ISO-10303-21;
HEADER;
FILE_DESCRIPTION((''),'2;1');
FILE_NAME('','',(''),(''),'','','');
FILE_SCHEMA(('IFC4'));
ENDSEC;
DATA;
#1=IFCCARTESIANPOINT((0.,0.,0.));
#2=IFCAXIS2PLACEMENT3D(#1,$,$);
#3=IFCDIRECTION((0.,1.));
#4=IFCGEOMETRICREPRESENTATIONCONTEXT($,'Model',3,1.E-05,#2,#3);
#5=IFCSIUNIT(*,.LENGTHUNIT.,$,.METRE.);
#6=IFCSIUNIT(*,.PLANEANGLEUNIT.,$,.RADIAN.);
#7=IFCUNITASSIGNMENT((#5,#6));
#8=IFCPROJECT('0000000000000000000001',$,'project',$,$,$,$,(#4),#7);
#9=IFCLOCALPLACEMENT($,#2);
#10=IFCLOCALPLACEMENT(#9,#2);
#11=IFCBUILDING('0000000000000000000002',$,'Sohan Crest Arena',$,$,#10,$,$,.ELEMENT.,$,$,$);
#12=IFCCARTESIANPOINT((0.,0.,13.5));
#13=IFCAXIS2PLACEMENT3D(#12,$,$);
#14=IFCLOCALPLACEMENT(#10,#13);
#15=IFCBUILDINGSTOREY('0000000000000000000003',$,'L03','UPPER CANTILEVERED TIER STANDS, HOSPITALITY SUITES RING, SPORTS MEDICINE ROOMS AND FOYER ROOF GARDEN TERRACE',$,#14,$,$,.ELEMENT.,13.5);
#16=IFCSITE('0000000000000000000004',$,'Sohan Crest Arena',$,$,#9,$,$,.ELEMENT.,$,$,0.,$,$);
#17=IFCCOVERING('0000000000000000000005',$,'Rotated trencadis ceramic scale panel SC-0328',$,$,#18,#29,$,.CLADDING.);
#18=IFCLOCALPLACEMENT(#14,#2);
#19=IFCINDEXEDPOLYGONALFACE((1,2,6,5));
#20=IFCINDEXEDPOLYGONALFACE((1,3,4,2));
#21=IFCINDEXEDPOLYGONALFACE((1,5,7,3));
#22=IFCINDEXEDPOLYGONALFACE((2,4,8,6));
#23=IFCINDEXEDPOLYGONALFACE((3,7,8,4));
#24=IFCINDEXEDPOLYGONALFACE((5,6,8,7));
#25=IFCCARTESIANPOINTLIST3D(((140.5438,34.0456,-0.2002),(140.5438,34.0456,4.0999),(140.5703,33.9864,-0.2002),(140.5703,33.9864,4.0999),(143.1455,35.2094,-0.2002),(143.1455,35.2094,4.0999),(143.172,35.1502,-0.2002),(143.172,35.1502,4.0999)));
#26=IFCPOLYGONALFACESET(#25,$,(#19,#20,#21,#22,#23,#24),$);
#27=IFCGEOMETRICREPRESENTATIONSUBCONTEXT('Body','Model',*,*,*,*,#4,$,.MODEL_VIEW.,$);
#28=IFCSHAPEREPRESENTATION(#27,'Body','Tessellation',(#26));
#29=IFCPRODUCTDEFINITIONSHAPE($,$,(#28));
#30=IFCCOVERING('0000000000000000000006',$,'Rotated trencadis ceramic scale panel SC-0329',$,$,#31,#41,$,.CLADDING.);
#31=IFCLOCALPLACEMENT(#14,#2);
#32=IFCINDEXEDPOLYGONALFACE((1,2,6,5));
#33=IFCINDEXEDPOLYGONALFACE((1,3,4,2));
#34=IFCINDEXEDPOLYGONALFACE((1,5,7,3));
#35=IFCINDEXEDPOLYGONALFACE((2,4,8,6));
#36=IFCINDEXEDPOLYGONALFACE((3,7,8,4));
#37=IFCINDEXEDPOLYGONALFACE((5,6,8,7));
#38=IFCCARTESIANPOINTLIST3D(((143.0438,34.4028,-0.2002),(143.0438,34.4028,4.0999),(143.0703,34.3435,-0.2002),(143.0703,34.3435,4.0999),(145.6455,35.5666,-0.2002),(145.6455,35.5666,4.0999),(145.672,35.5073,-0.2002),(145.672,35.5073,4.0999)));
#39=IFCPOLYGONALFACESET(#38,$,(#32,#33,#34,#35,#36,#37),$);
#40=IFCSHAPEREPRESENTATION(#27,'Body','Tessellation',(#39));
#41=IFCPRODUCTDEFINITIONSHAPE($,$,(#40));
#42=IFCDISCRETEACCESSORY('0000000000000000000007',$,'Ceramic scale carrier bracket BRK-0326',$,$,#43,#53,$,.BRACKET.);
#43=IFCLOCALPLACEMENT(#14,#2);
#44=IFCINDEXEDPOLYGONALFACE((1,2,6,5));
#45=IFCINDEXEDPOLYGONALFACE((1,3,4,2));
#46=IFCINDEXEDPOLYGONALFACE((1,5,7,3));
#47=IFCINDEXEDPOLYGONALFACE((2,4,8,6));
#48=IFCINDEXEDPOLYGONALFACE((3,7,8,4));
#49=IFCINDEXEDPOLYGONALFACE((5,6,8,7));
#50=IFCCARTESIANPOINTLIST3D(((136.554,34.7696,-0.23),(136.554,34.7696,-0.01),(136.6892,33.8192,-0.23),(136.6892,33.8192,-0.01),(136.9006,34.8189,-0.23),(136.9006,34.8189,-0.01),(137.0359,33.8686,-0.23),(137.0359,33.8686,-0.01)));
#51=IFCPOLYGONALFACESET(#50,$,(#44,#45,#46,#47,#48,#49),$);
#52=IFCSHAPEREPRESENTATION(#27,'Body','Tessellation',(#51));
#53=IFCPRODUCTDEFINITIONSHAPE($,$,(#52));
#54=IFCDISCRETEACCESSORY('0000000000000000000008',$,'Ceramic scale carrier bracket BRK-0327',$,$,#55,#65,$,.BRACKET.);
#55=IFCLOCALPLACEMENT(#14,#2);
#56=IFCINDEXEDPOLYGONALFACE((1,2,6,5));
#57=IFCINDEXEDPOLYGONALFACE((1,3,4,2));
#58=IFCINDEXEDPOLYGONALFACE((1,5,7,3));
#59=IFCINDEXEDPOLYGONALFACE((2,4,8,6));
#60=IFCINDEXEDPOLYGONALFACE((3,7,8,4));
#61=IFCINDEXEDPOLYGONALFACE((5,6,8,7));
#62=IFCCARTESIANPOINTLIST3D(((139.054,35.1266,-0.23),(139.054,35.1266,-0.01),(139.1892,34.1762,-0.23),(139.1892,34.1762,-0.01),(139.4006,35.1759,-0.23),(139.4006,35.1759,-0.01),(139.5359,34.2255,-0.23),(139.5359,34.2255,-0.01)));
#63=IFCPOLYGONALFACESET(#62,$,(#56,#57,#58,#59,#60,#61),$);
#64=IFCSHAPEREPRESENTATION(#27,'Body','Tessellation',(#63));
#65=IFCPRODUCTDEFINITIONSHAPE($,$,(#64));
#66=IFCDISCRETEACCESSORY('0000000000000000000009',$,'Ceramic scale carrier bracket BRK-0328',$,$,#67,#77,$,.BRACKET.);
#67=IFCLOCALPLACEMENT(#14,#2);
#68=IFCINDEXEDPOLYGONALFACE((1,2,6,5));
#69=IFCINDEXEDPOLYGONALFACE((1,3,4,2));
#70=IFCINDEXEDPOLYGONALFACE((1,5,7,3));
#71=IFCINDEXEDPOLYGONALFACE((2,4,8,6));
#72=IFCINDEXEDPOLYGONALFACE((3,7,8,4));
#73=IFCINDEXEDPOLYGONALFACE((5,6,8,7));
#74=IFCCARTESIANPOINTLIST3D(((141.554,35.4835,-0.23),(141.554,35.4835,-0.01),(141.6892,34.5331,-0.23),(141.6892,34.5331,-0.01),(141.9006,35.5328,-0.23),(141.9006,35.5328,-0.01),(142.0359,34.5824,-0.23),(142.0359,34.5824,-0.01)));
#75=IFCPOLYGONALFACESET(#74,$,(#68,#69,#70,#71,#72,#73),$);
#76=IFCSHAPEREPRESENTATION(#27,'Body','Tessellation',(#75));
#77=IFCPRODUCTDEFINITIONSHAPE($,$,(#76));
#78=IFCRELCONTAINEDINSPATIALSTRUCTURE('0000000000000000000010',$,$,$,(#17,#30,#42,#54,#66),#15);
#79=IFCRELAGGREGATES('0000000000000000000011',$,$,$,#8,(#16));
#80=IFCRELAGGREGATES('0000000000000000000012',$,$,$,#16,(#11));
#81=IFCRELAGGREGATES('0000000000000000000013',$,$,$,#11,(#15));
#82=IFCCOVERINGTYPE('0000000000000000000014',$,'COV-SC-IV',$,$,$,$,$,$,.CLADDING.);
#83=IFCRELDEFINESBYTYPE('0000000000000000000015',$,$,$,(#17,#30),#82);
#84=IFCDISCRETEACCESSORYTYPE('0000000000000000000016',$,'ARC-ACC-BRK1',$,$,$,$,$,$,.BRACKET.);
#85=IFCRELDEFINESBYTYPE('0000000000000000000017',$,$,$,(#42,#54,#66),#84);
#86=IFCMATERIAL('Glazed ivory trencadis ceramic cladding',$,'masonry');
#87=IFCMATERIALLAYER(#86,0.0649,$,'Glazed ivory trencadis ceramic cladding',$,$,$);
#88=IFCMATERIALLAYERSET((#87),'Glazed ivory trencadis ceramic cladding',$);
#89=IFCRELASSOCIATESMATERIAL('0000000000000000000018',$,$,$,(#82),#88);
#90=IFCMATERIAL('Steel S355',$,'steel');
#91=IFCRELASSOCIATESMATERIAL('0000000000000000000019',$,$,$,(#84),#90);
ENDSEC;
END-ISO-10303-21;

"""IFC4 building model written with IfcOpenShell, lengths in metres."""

from ifc_helpers import new_model, si_unit, direction, frame, origin, origin_2d, place, context, subcontext, project, spatial, rectangle, extrude, material, layer, layer_set, type_object, element, save


model = new_model("IFC4")

# Units and contexts
model_context = context("Model", 3, precision=1e-05, world=origin(), true_north=direction((0.0, 1.0)))
body_context = subcontext(model_context, "Body", "Model", "MODEL_VIEW")
ifc_project = project(units=[si_unit("LENGTHUNIT", "METRE"), si_unit("PLANEANGLEUNIT", "RADIAN")], contexts=[model_context])

# Site, building, storey
site_placement = place(None, origin())
site = spatial("IfcSite", under=ifc_project, at=site_placement, Name="Sohan Crest Arena", CompositionType="ELEMENT", RefElevation=0.0)
building_placement = place(site_placement, origin())
building = spatial("IfcBuilding", under=site, at=building_placement, Name="Sohan Crest Arena", CompositionType="ELEMENT")
storey_placement = place(building_placement, frame((0.0, 0.0, 13.5)))
storey = spatial("IfcBuildingStorey", under=building, at=storey_placement, Name="L03", Description="UPPER CANTILEVERED TIER STANDS, HOSPITALITY SUITES RING, SPORTS MEDICINE ROOMS AND FOYER ROOF GARDEN TERRACE", CompositionType="ELEMENT", Elevation=13.5)

# Coverings
ifc_material_1 = material(Name="Glazed ivory trencadis ceramic cladding", Category="masonry")
ifc_layer_1 = layer(ifc_material_1, 0.0649, Name="Glazed ivory trencadis ceramic cladding")
ifc_layer_set_1 = layer_set([ifc_layer_1], Name="Glazed ivory trencadis ceramic cladding")
covering_type = type_object("IfcCoveringType", Name="COV-SC-IV", PredefinedType="CLADDING", material=ifc_layer_set_1)
for number, where, z_axis, x_axis, name in (
    (1, (141.8579, 34.5979, -0.2002), (0.0, 0.0, 1.0), (0.912834, 0.40833, 0.0), "Rotated trencadis ceramic scale panel SC-0328"),
    (2, (144.3579, 34.9551, -0.2002), (0.0, 0.0, 1.0), (0.912834, 0.40833, 0.0), "Rotated trencadis ceramic scale panel SC-0329"),
):
    element("IfcCovering", number, at=place(storey_placement, frame(where, z_axis=z_axis, x_axis=x_axis)), inside=storey, type_object=covering_type, Name=name, PredefinedType="CLADDING", context=body_context, shape_type="SweptSolid", body=[
        extrude(rectangle(XDim=2.8501, YDim=0.0649, at=origin_2d()), origin(), (0.0, 0.0, 1.0), 4.3),
    ])

# Discrete accessories
ifc_material_2 = material(Name="Steel S355", Category="steel")
discrete_accessory_type = type_object("IfcDiscreteAccessoryType", Name="ARC-ACC-BRK1", PredefinedType="BRACKET", material=ifc_material_2)
for number, where, z_axis, x_axis, name in (
    (3, (136.7949, 34.3191, -0.23), (0.0, 0.0, 1.0), (0.990024, 0.140901, 0.0), "Ceramic scale carrier bracket BRK-0326"),
    (4, (139.2949, 34.676, -0.23), (0.0, 0.0, 1.0), (0.990024, 0.140901, 0.0), "Ceramic scale carrier bracket BRK-0327"),
    (5, (141.7949, 35.033, -0.23), (0.0, 0.0, 1.0), (0.990024, 0.140901, 0.0), "Ceramic scale carrier bracket BRK-0328"),
):
    element("IfcDiscreteAccessory", number, at=place(storey_placement, frame(where, z_axis=z_axis, x_axis=x_axis)), inside=storey, type_object=discrete_accessory_type, Name=name, PredefinedType="BRACKET", context=body_context, shape_type="SweptSolid", body=[
        extrude(rectangle(XDim=0.3501, YDim=0.96, at=origin_2d()), origin(), (0.0, 0.0, 1.0), 0.22),
    ])

save(model, "model.ifc")
